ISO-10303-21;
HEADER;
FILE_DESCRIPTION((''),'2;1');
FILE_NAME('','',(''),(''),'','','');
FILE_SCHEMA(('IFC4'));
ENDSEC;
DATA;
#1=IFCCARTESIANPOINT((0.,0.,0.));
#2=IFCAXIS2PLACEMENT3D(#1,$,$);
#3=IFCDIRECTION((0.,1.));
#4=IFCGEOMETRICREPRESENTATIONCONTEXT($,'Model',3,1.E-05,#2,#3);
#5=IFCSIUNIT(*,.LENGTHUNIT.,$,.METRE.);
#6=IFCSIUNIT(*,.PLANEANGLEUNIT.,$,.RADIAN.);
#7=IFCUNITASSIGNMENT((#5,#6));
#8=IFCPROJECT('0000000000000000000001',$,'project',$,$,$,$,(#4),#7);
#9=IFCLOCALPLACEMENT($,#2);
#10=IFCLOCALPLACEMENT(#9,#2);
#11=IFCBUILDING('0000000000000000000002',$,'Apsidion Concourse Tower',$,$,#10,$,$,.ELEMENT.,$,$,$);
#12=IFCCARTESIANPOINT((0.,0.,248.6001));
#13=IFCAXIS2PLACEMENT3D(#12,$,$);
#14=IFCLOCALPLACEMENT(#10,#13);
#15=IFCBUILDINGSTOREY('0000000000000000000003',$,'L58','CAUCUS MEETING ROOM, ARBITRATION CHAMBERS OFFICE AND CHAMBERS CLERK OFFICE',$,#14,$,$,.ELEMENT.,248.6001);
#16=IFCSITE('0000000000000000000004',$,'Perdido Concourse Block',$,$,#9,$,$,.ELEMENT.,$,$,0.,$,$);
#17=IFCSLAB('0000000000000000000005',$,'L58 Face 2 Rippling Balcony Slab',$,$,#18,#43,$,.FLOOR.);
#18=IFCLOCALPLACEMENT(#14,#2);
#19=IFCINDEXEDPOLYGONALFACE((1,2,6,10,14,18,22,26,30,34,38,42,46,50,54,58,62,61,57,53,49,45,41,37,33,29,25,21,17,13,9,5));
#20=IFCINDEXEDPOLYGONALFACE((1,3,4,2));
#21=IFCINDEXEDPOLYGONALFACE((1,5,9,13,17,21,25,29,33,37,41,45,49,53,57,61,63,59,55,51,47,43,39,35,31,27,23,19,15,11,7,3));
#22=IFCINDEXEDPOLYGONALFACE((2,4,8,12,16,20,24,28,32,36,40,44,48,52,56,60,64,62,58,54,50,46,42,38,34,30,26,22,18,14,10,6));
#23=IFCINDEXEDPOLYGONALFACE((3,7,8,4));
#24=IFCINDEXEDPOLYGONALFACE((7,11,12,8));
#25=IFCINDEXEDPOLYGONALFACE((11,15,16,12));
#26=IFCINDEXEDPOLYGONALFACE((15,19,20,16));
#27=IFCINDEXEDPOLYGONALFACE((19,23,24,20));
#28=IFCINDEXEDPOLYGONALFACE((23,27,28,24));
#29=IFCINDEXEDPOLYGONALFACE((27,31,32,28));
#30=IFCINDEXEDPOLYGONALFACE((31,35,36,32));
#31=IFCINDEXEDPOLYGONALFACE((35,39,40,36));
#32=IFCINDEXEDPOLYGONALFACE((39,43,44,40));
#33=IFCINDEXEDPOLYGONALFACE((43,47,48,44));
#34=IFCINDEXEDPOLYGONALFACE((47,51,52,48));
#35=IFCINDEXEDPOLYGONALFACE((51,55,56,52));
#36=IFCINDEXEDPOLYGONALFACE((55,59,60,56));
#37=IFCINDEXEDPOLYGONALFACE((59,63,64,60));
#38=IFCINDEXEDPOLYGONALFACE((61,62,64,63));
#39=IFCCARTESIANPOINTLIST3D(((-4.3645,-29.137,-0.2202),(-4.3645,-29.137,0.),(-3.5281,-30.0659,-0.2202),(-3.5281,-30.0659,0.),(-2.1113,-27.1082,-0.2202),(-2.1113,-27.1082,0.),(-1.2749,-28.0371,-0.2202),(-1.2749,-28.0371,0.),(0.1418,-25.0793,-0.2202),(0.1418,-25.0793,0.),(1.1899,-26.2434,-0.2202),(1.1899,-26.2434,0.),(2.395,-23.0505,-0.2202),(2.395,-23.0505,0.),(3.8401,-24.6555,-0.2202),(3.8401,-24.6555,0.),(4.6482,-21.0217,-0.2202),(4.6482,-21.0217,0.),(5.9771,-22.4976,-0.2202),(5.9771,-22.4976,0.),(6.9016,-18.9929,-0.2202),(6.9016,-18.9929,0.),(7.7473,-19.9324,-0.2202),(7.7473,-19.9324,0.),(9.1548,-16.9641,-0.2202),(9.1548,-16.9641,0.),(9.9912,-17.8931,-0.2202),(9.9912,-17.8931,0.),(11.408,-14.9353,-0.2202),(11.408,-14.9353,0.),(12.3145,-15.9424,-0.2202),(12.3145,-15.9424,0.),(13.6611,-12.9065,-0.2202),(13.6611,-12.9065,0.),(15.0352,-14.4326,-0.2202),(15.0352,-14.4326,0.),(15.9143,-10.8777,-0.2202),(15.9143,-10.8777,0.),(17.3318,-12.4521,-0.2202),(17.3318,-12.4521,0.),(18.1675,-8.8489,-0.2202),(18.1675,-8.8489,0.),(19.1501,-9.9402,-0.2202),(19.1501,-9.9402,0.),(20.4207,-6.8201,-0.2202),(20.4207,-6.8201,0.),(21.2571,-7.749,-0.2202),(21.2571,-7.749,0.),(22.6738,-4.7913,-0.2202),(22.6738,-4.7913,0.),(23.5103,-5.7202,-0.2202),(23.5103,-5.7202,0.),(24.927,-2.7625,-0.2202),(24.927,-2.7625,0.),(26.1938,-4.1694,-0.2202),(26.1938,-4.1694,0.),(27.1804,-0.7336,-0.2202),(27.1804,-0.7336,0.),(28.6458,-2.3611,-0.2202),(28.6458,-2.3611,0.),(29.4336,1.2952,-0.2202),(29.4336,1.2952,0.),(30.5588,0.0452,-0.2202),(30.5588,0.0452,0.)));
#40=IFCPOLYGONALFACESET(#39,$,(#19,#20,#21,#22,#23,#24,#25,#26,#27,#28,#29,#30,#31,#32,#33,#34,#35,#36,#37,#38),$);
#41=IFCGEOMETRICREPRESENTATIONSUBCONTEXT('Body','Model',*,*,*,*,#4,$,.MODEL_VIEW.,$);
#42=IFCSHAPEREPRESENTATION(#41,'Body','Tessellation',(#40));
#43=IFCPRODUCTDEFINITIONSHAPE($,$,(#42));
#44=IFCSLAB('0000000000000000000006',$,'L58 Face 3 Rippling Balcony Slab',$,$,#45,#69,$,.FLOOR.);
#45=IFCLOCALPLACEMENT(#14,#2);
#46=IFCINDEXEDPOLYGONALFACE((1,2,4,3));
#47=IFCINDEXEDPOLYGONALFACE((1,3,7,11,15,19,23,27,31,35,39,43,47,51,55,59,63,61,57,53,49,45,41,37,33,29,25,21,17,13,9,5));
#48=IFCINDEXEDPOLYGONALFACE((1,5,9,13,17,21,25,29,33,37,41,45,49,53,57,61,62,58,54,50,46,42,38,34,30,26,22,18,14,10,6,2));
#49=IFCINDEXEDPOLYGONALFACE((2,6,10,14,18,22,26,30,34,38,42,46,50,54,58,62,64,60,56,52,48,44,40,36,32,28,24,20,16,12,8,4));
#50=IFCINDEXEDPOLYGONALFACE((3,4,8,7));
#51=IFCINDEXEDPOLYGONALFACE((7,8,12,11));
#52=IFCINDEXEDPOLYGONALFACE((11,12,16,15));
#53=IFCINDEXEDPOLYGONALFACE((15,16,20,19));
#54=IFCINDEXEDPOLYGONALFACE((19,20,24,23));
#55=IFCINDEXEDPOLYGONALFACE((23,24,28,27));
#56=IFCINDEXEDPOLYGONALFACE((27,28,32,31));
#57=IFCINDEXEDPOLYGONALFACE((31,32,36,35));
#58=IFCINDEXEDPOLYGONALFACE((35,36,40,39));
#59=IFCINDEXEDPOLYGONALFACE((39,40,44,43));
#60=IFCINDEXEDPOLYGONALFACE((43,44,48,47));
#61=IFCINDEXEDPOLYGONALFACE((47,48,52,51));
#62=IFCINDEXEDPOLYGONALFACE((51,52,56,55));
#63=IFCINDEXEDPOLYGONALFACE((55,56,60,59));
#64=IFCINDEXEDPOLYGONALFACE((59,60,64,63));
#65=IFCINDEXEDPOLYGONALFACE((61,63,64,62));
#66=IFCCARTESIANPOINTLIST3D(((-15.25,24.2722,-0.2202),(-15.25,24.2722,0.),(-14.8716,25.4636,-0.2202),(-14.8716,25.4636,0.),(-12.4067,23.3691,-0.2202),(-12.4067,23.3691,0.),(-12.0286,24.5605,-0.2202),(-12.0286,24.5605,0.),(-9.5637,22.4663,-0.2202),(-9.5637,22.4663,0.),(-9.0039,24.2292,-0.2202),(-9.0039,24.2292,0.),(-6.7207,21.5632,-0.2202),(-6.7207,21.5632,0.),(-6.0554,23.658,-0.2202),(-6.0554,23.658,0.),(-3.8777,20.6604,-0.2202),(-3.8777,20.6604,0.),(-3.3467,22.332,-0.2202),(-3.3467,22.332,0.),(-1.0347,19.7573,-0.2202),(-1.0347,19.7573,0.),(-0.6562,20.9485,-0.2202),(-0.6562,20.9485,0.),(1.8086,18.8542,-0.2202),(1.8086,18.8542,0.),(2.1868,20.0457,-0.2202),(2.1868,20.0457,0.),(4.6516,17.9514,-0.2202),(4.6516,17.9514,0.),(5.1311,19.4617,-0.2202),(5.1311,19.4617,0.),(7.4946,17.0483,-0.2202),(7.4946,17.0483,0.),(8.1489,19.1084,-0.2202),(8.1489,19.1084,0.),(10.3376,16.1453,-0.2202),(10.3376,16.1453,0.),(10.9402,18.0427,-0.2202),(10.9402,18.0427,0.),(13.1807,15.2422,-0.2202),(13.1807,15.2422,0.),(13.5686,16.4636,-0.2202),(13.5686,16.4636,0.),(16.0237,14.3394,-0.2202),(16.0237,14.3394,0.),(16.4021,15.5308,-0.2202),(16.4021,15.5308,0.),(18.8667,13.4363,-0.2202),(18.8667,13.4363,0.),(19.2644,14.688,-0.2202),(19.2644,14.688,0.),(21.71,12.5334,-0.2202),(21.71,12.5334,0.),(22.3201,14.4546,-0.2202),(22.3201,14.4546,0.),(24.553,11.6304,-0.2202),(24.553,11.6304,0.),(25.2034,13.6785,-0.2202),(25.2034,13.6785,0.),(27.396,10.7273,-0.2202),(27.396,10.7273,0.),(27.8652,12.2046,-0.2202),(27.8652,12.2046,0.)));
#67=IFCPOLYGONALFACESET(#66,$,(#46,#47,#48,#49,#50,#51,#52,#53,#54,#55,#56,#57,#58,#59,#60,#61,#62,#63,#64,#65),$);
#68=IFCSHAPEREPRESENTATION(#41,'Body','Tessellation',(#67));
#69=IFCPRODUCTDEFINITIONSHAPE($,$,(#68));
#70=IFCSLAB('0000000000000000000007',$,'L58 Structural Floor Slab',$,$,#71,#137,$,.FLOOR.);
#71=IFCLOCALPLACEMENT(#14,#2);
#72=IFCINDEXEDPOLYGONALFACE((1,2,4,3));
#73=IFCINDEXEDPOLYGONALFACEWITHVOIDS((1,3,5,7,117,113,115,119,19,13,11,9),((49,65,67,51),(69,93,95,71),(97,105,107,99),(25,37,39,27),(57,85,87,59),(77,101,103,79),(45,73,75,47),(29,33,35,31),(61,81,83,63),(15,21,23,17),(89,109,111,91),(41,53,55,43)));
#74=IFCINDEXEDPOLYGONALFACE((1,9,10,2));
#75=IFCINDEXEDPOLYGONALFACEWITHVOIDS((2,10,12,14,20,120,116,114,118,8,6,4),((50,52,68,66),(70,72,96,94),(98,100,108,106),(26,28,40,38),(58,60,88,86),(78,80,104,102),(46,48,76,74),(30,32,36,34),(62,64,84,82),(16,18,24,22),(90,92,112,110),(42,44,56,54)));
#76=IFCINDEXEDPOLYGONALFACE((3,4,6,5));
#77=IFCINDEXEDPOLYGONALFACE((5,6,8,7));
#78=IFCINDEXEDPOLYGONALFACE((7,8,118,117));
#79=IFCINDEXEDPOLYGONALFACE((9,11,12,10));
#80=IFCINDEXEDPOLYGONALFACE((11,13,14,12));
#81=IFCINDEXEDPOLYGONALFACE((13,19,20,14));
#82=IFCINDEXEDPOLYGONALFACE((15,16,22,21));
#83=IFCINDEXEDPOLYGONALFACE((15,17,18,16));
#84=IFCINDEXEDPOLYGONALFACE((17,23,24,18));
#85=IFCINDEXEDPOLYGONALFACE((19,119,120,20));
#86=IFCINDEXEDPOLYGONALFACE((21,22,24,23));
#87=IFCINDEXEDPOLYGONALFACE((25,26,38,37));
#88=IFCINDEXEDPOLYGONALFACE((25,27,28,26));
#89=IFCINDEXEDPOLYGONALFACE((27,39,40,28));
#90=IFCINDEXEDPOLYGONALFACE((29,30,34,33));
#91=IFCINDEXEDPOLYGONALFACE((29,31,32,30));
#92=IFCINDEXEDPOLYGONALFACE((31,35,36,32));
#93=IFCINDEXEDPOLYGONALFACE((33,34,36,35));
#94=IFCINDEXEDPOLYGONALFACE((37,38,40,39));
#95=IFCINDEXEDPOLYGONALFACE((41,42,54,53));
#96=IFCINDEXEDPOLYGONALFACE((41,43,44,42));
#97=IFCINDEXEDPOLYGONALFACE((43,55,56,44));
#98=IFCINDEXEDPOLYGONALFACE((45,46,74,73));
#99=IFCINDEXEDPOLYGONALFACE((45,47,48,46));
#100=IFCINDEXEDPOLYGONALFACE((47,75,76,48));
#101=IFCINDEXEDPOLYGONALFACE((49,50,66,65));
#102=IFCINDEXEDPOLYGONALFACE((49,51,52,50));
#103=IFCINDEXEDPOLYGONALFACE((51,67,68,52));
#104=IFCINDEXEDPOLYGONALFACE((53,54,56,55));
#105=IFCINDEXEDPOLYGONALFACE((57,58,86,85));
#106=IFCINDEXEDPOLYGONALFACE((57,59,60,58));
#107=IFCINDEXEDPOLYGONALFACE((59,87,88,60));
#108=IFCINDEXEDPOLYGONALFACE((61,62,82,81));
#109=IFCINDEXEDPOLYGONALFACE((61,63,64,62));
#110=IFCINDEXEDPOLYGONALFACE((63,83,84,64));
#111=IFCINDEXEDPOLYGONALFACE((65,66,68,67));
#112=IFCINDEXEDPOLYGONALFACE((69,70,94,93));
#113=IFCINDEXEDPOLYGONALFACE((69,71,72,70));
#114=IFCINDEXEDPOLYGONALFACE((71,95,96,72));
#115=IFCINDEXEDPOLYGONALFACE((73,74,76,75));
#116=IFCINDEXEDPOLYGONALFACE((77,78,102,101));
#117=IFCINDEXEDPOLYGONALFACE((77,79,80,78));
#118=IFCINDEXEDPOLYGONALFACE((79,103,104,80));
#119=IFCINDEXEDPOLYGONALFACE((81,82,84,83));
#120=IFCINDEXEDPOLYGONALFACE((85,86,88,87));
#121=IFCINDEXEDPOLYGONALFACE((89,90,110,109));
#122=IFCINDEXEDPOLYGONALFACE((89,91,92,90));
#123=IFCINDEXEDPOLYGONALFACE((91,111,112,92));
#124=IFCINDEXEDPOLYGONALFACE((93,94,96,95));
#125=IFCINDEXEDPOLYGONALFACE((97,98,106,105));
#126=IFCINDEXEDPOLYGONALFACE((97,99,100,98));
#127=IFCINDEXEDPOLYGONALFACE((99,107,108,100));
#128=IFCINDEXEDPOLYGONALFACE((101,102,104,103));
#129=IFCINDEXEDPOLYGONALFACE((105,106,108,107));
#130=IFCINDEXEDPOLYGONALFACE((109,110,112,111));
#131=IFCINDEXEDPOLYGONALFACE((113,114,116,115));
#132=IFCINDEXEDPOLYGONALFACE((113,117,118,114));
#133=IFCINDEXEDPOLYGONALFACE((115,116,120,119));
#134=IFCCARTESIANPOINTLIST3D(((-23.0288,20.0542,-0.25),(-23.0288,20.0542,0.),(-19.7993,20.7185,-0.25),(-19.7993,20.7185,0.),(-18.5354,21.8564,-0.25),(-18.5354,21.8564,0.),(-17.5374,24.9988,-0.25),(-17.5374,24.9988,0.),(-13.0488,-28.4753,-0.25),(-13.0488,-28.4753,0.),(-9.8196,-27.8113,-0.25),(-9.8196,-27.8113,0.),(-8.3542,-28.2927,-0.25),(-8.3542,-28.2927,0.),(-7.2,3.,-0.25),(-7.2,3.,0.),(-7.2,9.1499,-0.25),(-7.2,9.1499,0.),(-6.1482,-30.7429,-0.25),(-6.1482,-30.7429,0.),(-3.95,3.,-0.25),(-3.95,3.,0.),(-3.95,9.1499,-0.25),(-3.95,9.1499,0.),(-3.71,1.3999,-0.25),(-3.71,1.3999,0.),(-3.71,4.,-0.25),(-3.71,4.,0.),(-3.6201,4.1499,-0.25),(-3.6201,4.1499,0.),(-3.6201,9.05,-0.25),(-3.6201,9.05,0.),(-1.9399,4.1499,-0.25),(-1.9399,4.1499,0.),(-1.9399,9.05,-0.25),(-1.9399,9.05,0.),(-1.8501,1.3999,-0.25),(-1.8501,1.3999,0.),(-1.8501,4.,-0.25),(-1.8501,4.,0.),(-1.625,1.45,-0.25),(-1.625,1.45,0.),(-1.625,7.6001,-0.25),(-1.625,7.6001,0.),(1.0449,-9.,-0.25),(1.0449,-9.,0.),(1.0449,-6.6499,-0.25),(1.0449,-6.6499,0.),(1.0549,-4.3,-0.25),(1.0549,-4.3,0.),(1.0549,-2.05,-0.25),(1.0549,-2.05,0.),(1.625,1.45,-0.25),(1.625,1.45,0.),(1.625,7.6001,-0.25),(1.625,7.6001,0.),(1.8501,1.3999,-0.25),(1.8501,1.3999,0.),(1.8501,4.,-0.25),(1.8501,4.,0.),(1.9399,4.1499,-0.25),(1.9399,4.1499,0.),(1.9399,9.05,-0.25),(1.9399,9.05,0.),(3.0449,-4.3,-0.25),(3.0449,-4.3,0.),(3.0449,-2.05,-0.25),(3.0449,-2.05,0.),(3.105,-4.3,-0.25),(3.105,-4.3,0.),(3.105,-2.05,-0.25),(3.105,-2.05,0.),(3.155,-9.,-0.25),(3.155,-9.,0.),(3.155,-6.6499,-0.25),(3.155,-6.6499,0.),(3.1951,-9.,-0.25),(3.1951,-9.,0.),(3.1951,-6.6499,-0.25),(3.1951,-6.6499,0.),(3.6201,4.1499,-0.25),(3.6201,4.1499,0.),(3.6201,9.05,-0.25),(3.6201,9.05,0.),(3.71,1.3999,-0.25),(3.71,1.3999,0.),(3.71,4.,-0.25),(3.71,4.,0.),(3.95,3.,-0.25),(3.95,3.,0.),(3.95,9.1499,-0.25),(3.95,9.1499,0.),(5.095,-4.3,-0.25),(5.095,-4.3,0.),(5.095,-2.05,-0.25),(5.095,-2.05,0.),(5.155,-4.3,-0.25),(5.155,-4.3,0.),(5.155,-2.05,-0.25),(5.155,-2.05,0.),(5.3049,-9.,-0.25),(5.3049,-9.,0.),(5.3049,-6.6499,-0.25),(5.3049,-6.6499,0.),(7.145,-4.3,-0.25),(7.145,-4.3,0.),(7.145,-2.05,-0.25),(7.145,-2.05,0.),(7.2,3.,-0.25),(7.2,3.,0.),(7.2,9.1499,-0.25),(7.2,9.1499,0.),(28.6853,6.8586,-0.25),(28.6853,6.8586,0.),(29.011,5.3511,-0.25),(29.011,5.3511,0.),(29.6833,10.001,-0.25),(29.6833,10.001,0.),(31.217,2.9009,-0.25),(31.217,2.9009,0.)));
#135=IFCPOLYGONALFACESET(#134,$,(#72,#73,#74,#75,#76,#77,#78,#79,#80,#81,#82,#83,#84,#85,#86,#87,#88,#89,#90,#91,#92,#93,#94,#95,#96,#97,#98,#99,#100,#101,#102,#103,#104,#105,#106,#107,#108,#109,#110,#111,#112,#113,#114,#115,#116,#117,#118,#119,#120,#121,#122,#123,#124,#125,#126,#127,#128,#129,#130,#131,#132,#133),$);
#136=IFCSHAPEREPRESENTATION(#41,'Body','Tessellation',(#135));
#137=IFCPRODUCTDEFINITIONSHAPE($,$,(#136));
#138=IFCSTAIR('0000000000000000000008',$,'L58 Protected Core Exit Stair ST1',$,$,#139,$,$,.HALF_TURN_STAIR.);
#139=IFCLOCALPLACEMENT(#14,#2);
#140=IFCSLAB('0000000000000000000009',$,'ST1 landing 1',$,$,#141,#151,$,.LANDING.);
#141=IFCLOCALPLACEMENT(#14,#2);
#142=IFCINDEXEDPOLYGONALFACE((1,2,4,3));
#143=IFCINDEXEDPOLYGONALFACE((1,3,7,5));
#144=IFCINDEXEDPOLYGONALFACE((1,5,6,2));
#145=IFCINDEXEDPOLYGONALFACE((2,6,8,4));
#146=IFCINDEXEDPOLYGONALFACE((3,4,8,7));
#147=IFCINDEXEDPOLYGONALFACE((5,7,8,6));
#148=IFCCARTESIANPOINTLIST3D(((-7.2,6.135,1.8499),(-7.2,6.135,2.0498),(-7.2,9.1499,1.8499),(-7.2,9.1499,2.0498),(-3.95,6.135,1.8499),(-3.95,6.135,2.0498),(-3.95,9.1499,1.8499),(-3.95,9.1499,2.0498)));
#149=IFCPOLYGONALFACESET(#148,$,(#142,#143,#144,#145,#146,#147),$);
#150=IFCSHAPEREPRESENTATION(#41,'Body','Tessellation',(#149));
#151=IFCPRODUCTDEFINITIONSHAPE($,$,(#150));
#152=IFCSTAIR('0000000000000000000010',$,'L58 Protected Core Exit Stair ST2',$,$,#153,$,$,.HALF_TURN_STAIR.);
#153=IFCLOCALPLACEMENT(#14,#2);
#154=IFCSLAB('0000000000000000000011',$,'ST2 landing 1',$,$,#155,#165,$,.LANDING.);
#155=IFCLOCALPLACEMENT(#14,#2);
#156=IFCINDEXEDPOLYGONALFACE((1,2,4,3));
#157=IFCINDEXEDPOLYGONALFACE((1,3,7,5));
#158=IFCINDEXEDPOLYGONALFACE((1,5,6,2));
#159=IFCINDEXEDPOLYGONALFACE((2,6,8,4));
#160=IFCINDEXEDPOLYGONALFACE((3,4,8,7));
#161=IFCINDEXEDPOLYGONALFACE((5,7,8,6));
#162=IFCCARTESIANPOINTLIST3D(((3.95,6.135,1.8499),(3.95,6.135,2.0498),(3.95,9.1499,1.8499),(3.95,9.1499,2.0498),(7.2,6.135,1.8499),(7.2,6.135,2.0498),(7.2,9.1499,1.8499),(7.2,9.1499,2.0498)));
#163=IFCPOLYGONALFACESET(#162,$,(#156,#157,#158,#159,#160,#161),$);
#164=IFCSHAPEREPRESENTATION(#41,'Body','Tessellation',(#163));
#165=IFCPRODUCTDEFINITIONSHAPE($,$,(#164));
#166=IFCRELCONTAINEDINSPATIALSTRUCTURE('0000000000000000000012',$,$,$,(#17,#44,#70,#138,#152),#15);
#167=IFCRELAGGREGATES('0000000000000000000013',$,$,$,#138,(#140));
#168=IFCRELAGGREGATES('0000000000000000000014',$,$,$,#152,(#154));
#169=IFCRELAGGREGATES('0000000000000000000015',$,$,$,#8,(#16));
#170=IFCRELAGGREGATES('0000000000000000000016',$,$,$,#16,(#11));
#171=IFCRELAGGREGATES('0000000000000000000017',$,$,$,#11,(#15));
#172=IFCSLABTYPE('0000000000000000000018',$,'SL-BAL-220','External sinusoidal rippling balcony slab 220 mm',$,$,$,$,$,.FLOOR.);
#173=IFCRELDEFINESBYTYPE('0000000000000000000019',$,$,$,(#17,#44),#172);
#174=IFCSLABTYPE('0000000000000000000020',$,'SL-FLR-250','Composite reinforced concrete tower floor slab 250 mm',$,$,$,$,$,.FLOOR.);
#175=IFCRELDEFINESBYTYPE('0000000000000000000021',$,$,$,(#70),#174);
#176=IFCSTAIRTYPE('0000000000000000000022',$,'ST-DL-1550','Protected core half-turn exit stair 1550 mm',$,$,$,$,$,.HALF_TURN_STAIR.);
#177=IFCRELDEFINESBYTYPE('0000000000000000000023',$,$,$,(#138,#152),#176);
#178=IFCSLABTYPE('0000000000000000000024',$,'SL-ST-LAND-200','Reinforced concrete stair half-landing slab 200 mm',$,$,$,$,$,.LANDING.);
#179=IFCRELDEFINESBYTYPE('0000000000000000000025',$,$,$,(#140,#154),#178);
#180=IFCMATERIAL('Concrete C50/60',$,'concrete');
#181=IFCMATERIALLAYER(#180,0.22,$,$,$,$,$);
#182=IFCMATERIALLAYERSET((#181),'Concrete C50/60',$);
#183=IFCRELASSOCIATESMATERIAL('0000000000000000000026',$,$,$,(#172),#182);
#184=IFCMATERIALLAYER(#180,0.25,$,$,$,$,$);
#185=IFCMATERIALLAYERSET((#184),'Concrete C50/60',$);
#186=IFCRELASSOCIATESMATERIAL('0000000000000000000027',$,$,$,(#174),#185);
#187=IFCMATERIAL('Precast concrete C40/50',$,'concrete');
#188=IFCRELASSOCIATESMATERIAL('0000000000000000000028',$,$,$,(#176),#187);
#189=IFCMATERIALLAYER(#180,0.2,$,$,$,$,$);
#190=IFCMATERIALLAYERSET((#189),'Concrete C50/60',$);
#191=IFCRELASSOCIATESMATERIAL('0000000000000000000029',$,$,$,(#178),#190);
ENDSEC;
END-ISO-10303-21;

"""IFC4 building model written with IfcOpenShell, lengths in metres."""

from ifc_helpers import new_model, si_unit, direction, frame, origin, place, context, subcontext, project, spatial, polyline, outline, extrude, material, layer, layer_set, type_object, element, aggregate, save


model = new_model("IFC4")

# Units and contexts
model_context = context("Model", 3, precision=1e-05, world=origin(), true_north=direction((0.0, 1.0)))
body_context = subcontext(model_context, "Body", "Model", "MODEL_VIEW")
ifc_project = project(units=[si_unit("LENGTHUNIT", "METRE"), si_unit("PLANEANGLEUNIT", "RADIAN")], contexts=[model_context])

# Site, building, storey
site_placement = place(None, origin())
site = spatial("IfcSite", under=ifc_project, at=site_placement, Name="Perdido Concourse Block", CompositionType="ELEMENT", RefElevation=0.0)
building_placement = place(site_placement, origin())
building = spatial("IfcBuilding", under=site, at=building_placement, Name="Apsidion Concourse Tower", CompositionType="ELEMENT")
storey_placement = place(building_placement, frame((0.0, 0.0, 248.6001)))
storey = spatial("IfcBuildingStorey", under=building, at=storey_placement, Name="L58", Description="CAUCUS MEETING ROOM, ARBITRATION CHAMBERS OFFICE AND CHAMBERS CLERK OFFICE", CompositionType="ELEMENT", Elevation=248.6001)

# Shared definitions
ifc_material_1 = material(Name="Concrete C50/60", Category="concrete")

# Slabs
ifc_layer_1 = layer(ifc_material_1, 0.22)
ifc_layer_set_1 = layer_set([ifc_layer_1], Name="Concrete C50/60")
slab_type_1 = type_object("IfcSlabType", Name="SL-BAL-220", Description="External sinusoidal rippling balcony slab 220 mm", PredefinedType="FLOOR", material=ifc_layer_set_1)
slab_1_placement = place(storey_placement, frame((0.0, 0.0, -0.2202)))
element("IfcSlab", 1, at=slab_1_placement, inside=storey, type_object=slab_type_1, Name="L58 Face 2 Rippling Balcony Slab", PredefinedType="FLOOR", context=body_context, shape_type="SweptSolid", body=[
    extrude(outline(polyline([(-4.3645, -29.137), (-2.1113, -27.1082), (0.1418, -25.0793), (2.395, -23.0505), (4.6482, -21.0217), (6.9016, -18.9929), (9.1548, -16.9641), (11.408, -14.9353), (13.6611, -12.9065), (15.9143, -10.8777), (18.1675, -8.8489), (20.4207, -6.8201), (22.6738, -4.7913), (24.927, -2.7625), (27.1804, -0.7336), (29.4336, 1.2952), (30.5588, 0.0452), (28.6458, -2.3611), (26.1938, -4.1694), (23.5103, -5.7202), (21.2571, -7.749), (19.1501, -9.9402), (17.3318, -12.4521), (15.0352, -14.4326), (12.3145, -15.9424), (9.9912, -17.8931), (7.7473, -19.9324), (5.9771, -22.4976), (3.8401, -24.6555), (1.1899, -26.2434), (-1.2749, -28.0371), (-3.5281, -30.0659), (-4.3645, -29.137)])), origin(), (0.0, 0.0, 1.0), 0.2202),
])
slab_2_placement = place(storey_placement, frame((0.0, 0.0, -0.2202)))
element("IfcSlab", 2, at=slab_2_placement, inside=storey, type_object=slab_type_1, Name="L58 Face 3 Rippling Balcony Slab", PredefinedType="FLOOR", context=body_context, shape_type="SweptSolid", body=[
    extrude(outline(polyline([(27.396, 10.7273), (24.553, 11.6304), (21.71, 12.5334), (18.8667, 13.4363), (16.0237, 14.3394), (13.1807, 15.2422), (10.3376, 16.1453), (7.4946, 17.0483), (4.6516, 17.9514), (1.8086, 18.8542), (-1.0347, 19.7573), (-3.8777, 20.6604), (-6.7207, 21.5632), (-9.5637, 22.4663), (-12.4067, 23.3691), (-15.25, 24.2722), (-14.8716, 25.4636), (-12.0286, 24.5605), (-9.0039, 24.2292), (-6.0554, 23.658), (-3.3467, 22.332), (-0.6562, 20.9485), (2.1868, 20.0457), (5.1311, 19.4617), (8.1489, 19.1084), (10.9402, 18.0427), (13.5686, 16.4636), (16.4021, 15.5308), (19.2644, 14.688), (22.3201, 14.4546), (25.2034, 13.6785), (27.8652, 12.2046), (27.396, 10.7273)])), origin(), (0.0, 0.0, 1.0), 0.2202),
])
ifc_layer_2 = layer(ifc_material_1, 0.25)
ifc_layer_set_2 = layer_set([ifc_layer_2], Name="Concrete C50/60")
slab_type_2 = type_object("IfcSlabType", Name="SL-FLR-250", Description="Composite reinforced concrete tower floor slab 250 mm", PredefinedType="FLOOR", material=ifc_layer_set_2)
slab_3_placement = place(storey_placement, frame((0.0, 0.0, -0.25)))
element("IfcSlab", 3, at=slab_3_placement, inside=storey, type_object=slab_type_2, Name="L58 Structural Floor Slab", PredefinedType="FLOOR", context=body_context, shape_type="SweptSolid", body=[
    extrude(outline(polyline([(-17.5374, 24.9988), (-18.5354, 21.8564), (-19.7993, 20.7185), (-23.0288, 20.0542), (-13.0488, -28.4753), (-9.8196, -27.8113), (-8.3542, -28.2927), (-6.1482, -30.7429), (31.217, 2.9009), (29.011, 5.3511), (28.6853, 6.8586), (29.6833, 10.001), (-17.5374, 24.9988)]), holes=[polyline([(-3.95, 3.0), (-3.95, 9.1499), (-7.2, 9.1499), (-7.2, 3.0), (-3.95, 3.0)]), polyline([(7.2, 3.0), (7.2, 9.1499), (3.95, 9.1499), (3.95, 3.0), (7.2, 3.0)]), polyline([(-1.625, 7.6001), (-1.625, 1.45), (1.625, 1.45), (1.625, 7.6001), (-1.625, 7.6001)]), polyline([(1.0549, -4.3), (3.0449, -4.3), (3.0449, -2.05), (1.0549, -2.05), (1.0549, -4.3)]), polyline([(3.105, -4.3), (5.095, -4.3), (5.095, -2.05), (3.105, -2.05), (3.105, -4.3)]), polyline([(5.155, -4.3), (7.145, -4.3), (7.145, -2.05), (5.155, -2.05), (5.155, -4.3)]), polyline([(1.0449, -9.0), (3.155, -9.0), (3.155, -6.6499), (1.0449, -6.6499), (1.0449, -9.0)]), polyline([(3.1951, -9.0), (5.3049, -9.0), (5.3049, -6.6499), (3.1951, -6.6499), (3.1951, -9.0)]), polyline([(-3.71, 1.3999), (-1.8501, 1.3999), (-1.8501, 4.0), (-3.71, 4.0), (-3.71, 1.3999)]), polyline([(1.8501, 1.3999), (3.71, 1.3999), (3.71, 4.0), (1.8501, 4.0), (1.8501, 1.3999)]), polyline([(-3.6201, 4.1499), (-1.9399, 4.1499), (-1.9399, 9.05), (-3.6201, 9.05), (-3.6201, 4.1499)]), polyline([(1.9399, 4.1499), (3.6201, 4.1499), (3.6201, 9.05), (1.9399, 9.05), (1.9399, 4.1499)])]), origin(), (0.0, 0.0, 1.0), 0.25),
])

# Stairs, slabs
ifc_material_2 = material(Name="Precast concrete C40/50", Category="concrete")
stair_type = type_object("IfcStairType", Name="ST-DL-1550", Description="Protected core half-turn exit stair 1550 mm", PredefinedType="HALF_TURN_STAIR", material=ifc_material_2)
stair_1_placement = place(storey_placement, origin())
stair_1 = element("IfcStair", 4, at=stair_1_placement, inside=storey, type_object=stair_type, Name="L58 Protected Core Exit Stair ST1", PredefinedType="HALF_TURN_STAIR")
ifc_layer_3 = layer(ifc_material_1, 0.2)
ifc_layer_set_3 = layer_set([ifc_layer_3], Name="Concrete C50/60")
slab_type_3 = type_object("IfcSlabType", Name="SL-ST-LAND-200", Description="Reinforced concrete stair half-landing slab 200 mm", PredefinedType="LANDING", material=ifc_layer_set_3)
slab_4_placement = place(storey_placement, frame((0.0, 0.0, 1.8499)))
slab_4 = element("IfcSlab", 5, at=slab_4_placement, type_object=slab_type_3, Name="ST1 landing 1", PredefinedType="LANDING", context=body_context, shape_type="SweptSolid", body=[
    extrude(outline(polyline([(-3.95, 6.135), (-3.95, 9.1499), (-7.2, 9.1499), (-7.2, 6.135), (-3.95, 6.135)])), origin(), (0.0, 0.0, 1.0), 0.2),
])
aggregate(stair_1, [slab_4])
stair_2_placement = place(storey_placement, origin())
stair_2 = element("IfcStair", 6, at=stair_2_placement, inside=storey, type_object=stair_type, Name="L58 Protected Core Exit Stair ST2", PredefinedType="HALF_TURN_STAIR")
slab_5_placement = place(storey_placement, frame((0.0, 0.0, 1.8499)))
slab_5 = element("IfcSlab", 7, at=slab_5_placement, type_object=slab_type_3, Name="ST2 landing 1", PredefinedType="LANDING", context=body_context, shape_type="SweptSolid", body=[
    extrude(outline(polyline([(7.2, 6.135), (7.2, 9.1499), (3.95, 9.1499), (3.95, 6.135), (7.2, 6.135)])), origin(), (0.0, 0.0, 1.0), 0.2),
])
aggregate(stair_2, [slab_5])

save(model, "model.ifc")
